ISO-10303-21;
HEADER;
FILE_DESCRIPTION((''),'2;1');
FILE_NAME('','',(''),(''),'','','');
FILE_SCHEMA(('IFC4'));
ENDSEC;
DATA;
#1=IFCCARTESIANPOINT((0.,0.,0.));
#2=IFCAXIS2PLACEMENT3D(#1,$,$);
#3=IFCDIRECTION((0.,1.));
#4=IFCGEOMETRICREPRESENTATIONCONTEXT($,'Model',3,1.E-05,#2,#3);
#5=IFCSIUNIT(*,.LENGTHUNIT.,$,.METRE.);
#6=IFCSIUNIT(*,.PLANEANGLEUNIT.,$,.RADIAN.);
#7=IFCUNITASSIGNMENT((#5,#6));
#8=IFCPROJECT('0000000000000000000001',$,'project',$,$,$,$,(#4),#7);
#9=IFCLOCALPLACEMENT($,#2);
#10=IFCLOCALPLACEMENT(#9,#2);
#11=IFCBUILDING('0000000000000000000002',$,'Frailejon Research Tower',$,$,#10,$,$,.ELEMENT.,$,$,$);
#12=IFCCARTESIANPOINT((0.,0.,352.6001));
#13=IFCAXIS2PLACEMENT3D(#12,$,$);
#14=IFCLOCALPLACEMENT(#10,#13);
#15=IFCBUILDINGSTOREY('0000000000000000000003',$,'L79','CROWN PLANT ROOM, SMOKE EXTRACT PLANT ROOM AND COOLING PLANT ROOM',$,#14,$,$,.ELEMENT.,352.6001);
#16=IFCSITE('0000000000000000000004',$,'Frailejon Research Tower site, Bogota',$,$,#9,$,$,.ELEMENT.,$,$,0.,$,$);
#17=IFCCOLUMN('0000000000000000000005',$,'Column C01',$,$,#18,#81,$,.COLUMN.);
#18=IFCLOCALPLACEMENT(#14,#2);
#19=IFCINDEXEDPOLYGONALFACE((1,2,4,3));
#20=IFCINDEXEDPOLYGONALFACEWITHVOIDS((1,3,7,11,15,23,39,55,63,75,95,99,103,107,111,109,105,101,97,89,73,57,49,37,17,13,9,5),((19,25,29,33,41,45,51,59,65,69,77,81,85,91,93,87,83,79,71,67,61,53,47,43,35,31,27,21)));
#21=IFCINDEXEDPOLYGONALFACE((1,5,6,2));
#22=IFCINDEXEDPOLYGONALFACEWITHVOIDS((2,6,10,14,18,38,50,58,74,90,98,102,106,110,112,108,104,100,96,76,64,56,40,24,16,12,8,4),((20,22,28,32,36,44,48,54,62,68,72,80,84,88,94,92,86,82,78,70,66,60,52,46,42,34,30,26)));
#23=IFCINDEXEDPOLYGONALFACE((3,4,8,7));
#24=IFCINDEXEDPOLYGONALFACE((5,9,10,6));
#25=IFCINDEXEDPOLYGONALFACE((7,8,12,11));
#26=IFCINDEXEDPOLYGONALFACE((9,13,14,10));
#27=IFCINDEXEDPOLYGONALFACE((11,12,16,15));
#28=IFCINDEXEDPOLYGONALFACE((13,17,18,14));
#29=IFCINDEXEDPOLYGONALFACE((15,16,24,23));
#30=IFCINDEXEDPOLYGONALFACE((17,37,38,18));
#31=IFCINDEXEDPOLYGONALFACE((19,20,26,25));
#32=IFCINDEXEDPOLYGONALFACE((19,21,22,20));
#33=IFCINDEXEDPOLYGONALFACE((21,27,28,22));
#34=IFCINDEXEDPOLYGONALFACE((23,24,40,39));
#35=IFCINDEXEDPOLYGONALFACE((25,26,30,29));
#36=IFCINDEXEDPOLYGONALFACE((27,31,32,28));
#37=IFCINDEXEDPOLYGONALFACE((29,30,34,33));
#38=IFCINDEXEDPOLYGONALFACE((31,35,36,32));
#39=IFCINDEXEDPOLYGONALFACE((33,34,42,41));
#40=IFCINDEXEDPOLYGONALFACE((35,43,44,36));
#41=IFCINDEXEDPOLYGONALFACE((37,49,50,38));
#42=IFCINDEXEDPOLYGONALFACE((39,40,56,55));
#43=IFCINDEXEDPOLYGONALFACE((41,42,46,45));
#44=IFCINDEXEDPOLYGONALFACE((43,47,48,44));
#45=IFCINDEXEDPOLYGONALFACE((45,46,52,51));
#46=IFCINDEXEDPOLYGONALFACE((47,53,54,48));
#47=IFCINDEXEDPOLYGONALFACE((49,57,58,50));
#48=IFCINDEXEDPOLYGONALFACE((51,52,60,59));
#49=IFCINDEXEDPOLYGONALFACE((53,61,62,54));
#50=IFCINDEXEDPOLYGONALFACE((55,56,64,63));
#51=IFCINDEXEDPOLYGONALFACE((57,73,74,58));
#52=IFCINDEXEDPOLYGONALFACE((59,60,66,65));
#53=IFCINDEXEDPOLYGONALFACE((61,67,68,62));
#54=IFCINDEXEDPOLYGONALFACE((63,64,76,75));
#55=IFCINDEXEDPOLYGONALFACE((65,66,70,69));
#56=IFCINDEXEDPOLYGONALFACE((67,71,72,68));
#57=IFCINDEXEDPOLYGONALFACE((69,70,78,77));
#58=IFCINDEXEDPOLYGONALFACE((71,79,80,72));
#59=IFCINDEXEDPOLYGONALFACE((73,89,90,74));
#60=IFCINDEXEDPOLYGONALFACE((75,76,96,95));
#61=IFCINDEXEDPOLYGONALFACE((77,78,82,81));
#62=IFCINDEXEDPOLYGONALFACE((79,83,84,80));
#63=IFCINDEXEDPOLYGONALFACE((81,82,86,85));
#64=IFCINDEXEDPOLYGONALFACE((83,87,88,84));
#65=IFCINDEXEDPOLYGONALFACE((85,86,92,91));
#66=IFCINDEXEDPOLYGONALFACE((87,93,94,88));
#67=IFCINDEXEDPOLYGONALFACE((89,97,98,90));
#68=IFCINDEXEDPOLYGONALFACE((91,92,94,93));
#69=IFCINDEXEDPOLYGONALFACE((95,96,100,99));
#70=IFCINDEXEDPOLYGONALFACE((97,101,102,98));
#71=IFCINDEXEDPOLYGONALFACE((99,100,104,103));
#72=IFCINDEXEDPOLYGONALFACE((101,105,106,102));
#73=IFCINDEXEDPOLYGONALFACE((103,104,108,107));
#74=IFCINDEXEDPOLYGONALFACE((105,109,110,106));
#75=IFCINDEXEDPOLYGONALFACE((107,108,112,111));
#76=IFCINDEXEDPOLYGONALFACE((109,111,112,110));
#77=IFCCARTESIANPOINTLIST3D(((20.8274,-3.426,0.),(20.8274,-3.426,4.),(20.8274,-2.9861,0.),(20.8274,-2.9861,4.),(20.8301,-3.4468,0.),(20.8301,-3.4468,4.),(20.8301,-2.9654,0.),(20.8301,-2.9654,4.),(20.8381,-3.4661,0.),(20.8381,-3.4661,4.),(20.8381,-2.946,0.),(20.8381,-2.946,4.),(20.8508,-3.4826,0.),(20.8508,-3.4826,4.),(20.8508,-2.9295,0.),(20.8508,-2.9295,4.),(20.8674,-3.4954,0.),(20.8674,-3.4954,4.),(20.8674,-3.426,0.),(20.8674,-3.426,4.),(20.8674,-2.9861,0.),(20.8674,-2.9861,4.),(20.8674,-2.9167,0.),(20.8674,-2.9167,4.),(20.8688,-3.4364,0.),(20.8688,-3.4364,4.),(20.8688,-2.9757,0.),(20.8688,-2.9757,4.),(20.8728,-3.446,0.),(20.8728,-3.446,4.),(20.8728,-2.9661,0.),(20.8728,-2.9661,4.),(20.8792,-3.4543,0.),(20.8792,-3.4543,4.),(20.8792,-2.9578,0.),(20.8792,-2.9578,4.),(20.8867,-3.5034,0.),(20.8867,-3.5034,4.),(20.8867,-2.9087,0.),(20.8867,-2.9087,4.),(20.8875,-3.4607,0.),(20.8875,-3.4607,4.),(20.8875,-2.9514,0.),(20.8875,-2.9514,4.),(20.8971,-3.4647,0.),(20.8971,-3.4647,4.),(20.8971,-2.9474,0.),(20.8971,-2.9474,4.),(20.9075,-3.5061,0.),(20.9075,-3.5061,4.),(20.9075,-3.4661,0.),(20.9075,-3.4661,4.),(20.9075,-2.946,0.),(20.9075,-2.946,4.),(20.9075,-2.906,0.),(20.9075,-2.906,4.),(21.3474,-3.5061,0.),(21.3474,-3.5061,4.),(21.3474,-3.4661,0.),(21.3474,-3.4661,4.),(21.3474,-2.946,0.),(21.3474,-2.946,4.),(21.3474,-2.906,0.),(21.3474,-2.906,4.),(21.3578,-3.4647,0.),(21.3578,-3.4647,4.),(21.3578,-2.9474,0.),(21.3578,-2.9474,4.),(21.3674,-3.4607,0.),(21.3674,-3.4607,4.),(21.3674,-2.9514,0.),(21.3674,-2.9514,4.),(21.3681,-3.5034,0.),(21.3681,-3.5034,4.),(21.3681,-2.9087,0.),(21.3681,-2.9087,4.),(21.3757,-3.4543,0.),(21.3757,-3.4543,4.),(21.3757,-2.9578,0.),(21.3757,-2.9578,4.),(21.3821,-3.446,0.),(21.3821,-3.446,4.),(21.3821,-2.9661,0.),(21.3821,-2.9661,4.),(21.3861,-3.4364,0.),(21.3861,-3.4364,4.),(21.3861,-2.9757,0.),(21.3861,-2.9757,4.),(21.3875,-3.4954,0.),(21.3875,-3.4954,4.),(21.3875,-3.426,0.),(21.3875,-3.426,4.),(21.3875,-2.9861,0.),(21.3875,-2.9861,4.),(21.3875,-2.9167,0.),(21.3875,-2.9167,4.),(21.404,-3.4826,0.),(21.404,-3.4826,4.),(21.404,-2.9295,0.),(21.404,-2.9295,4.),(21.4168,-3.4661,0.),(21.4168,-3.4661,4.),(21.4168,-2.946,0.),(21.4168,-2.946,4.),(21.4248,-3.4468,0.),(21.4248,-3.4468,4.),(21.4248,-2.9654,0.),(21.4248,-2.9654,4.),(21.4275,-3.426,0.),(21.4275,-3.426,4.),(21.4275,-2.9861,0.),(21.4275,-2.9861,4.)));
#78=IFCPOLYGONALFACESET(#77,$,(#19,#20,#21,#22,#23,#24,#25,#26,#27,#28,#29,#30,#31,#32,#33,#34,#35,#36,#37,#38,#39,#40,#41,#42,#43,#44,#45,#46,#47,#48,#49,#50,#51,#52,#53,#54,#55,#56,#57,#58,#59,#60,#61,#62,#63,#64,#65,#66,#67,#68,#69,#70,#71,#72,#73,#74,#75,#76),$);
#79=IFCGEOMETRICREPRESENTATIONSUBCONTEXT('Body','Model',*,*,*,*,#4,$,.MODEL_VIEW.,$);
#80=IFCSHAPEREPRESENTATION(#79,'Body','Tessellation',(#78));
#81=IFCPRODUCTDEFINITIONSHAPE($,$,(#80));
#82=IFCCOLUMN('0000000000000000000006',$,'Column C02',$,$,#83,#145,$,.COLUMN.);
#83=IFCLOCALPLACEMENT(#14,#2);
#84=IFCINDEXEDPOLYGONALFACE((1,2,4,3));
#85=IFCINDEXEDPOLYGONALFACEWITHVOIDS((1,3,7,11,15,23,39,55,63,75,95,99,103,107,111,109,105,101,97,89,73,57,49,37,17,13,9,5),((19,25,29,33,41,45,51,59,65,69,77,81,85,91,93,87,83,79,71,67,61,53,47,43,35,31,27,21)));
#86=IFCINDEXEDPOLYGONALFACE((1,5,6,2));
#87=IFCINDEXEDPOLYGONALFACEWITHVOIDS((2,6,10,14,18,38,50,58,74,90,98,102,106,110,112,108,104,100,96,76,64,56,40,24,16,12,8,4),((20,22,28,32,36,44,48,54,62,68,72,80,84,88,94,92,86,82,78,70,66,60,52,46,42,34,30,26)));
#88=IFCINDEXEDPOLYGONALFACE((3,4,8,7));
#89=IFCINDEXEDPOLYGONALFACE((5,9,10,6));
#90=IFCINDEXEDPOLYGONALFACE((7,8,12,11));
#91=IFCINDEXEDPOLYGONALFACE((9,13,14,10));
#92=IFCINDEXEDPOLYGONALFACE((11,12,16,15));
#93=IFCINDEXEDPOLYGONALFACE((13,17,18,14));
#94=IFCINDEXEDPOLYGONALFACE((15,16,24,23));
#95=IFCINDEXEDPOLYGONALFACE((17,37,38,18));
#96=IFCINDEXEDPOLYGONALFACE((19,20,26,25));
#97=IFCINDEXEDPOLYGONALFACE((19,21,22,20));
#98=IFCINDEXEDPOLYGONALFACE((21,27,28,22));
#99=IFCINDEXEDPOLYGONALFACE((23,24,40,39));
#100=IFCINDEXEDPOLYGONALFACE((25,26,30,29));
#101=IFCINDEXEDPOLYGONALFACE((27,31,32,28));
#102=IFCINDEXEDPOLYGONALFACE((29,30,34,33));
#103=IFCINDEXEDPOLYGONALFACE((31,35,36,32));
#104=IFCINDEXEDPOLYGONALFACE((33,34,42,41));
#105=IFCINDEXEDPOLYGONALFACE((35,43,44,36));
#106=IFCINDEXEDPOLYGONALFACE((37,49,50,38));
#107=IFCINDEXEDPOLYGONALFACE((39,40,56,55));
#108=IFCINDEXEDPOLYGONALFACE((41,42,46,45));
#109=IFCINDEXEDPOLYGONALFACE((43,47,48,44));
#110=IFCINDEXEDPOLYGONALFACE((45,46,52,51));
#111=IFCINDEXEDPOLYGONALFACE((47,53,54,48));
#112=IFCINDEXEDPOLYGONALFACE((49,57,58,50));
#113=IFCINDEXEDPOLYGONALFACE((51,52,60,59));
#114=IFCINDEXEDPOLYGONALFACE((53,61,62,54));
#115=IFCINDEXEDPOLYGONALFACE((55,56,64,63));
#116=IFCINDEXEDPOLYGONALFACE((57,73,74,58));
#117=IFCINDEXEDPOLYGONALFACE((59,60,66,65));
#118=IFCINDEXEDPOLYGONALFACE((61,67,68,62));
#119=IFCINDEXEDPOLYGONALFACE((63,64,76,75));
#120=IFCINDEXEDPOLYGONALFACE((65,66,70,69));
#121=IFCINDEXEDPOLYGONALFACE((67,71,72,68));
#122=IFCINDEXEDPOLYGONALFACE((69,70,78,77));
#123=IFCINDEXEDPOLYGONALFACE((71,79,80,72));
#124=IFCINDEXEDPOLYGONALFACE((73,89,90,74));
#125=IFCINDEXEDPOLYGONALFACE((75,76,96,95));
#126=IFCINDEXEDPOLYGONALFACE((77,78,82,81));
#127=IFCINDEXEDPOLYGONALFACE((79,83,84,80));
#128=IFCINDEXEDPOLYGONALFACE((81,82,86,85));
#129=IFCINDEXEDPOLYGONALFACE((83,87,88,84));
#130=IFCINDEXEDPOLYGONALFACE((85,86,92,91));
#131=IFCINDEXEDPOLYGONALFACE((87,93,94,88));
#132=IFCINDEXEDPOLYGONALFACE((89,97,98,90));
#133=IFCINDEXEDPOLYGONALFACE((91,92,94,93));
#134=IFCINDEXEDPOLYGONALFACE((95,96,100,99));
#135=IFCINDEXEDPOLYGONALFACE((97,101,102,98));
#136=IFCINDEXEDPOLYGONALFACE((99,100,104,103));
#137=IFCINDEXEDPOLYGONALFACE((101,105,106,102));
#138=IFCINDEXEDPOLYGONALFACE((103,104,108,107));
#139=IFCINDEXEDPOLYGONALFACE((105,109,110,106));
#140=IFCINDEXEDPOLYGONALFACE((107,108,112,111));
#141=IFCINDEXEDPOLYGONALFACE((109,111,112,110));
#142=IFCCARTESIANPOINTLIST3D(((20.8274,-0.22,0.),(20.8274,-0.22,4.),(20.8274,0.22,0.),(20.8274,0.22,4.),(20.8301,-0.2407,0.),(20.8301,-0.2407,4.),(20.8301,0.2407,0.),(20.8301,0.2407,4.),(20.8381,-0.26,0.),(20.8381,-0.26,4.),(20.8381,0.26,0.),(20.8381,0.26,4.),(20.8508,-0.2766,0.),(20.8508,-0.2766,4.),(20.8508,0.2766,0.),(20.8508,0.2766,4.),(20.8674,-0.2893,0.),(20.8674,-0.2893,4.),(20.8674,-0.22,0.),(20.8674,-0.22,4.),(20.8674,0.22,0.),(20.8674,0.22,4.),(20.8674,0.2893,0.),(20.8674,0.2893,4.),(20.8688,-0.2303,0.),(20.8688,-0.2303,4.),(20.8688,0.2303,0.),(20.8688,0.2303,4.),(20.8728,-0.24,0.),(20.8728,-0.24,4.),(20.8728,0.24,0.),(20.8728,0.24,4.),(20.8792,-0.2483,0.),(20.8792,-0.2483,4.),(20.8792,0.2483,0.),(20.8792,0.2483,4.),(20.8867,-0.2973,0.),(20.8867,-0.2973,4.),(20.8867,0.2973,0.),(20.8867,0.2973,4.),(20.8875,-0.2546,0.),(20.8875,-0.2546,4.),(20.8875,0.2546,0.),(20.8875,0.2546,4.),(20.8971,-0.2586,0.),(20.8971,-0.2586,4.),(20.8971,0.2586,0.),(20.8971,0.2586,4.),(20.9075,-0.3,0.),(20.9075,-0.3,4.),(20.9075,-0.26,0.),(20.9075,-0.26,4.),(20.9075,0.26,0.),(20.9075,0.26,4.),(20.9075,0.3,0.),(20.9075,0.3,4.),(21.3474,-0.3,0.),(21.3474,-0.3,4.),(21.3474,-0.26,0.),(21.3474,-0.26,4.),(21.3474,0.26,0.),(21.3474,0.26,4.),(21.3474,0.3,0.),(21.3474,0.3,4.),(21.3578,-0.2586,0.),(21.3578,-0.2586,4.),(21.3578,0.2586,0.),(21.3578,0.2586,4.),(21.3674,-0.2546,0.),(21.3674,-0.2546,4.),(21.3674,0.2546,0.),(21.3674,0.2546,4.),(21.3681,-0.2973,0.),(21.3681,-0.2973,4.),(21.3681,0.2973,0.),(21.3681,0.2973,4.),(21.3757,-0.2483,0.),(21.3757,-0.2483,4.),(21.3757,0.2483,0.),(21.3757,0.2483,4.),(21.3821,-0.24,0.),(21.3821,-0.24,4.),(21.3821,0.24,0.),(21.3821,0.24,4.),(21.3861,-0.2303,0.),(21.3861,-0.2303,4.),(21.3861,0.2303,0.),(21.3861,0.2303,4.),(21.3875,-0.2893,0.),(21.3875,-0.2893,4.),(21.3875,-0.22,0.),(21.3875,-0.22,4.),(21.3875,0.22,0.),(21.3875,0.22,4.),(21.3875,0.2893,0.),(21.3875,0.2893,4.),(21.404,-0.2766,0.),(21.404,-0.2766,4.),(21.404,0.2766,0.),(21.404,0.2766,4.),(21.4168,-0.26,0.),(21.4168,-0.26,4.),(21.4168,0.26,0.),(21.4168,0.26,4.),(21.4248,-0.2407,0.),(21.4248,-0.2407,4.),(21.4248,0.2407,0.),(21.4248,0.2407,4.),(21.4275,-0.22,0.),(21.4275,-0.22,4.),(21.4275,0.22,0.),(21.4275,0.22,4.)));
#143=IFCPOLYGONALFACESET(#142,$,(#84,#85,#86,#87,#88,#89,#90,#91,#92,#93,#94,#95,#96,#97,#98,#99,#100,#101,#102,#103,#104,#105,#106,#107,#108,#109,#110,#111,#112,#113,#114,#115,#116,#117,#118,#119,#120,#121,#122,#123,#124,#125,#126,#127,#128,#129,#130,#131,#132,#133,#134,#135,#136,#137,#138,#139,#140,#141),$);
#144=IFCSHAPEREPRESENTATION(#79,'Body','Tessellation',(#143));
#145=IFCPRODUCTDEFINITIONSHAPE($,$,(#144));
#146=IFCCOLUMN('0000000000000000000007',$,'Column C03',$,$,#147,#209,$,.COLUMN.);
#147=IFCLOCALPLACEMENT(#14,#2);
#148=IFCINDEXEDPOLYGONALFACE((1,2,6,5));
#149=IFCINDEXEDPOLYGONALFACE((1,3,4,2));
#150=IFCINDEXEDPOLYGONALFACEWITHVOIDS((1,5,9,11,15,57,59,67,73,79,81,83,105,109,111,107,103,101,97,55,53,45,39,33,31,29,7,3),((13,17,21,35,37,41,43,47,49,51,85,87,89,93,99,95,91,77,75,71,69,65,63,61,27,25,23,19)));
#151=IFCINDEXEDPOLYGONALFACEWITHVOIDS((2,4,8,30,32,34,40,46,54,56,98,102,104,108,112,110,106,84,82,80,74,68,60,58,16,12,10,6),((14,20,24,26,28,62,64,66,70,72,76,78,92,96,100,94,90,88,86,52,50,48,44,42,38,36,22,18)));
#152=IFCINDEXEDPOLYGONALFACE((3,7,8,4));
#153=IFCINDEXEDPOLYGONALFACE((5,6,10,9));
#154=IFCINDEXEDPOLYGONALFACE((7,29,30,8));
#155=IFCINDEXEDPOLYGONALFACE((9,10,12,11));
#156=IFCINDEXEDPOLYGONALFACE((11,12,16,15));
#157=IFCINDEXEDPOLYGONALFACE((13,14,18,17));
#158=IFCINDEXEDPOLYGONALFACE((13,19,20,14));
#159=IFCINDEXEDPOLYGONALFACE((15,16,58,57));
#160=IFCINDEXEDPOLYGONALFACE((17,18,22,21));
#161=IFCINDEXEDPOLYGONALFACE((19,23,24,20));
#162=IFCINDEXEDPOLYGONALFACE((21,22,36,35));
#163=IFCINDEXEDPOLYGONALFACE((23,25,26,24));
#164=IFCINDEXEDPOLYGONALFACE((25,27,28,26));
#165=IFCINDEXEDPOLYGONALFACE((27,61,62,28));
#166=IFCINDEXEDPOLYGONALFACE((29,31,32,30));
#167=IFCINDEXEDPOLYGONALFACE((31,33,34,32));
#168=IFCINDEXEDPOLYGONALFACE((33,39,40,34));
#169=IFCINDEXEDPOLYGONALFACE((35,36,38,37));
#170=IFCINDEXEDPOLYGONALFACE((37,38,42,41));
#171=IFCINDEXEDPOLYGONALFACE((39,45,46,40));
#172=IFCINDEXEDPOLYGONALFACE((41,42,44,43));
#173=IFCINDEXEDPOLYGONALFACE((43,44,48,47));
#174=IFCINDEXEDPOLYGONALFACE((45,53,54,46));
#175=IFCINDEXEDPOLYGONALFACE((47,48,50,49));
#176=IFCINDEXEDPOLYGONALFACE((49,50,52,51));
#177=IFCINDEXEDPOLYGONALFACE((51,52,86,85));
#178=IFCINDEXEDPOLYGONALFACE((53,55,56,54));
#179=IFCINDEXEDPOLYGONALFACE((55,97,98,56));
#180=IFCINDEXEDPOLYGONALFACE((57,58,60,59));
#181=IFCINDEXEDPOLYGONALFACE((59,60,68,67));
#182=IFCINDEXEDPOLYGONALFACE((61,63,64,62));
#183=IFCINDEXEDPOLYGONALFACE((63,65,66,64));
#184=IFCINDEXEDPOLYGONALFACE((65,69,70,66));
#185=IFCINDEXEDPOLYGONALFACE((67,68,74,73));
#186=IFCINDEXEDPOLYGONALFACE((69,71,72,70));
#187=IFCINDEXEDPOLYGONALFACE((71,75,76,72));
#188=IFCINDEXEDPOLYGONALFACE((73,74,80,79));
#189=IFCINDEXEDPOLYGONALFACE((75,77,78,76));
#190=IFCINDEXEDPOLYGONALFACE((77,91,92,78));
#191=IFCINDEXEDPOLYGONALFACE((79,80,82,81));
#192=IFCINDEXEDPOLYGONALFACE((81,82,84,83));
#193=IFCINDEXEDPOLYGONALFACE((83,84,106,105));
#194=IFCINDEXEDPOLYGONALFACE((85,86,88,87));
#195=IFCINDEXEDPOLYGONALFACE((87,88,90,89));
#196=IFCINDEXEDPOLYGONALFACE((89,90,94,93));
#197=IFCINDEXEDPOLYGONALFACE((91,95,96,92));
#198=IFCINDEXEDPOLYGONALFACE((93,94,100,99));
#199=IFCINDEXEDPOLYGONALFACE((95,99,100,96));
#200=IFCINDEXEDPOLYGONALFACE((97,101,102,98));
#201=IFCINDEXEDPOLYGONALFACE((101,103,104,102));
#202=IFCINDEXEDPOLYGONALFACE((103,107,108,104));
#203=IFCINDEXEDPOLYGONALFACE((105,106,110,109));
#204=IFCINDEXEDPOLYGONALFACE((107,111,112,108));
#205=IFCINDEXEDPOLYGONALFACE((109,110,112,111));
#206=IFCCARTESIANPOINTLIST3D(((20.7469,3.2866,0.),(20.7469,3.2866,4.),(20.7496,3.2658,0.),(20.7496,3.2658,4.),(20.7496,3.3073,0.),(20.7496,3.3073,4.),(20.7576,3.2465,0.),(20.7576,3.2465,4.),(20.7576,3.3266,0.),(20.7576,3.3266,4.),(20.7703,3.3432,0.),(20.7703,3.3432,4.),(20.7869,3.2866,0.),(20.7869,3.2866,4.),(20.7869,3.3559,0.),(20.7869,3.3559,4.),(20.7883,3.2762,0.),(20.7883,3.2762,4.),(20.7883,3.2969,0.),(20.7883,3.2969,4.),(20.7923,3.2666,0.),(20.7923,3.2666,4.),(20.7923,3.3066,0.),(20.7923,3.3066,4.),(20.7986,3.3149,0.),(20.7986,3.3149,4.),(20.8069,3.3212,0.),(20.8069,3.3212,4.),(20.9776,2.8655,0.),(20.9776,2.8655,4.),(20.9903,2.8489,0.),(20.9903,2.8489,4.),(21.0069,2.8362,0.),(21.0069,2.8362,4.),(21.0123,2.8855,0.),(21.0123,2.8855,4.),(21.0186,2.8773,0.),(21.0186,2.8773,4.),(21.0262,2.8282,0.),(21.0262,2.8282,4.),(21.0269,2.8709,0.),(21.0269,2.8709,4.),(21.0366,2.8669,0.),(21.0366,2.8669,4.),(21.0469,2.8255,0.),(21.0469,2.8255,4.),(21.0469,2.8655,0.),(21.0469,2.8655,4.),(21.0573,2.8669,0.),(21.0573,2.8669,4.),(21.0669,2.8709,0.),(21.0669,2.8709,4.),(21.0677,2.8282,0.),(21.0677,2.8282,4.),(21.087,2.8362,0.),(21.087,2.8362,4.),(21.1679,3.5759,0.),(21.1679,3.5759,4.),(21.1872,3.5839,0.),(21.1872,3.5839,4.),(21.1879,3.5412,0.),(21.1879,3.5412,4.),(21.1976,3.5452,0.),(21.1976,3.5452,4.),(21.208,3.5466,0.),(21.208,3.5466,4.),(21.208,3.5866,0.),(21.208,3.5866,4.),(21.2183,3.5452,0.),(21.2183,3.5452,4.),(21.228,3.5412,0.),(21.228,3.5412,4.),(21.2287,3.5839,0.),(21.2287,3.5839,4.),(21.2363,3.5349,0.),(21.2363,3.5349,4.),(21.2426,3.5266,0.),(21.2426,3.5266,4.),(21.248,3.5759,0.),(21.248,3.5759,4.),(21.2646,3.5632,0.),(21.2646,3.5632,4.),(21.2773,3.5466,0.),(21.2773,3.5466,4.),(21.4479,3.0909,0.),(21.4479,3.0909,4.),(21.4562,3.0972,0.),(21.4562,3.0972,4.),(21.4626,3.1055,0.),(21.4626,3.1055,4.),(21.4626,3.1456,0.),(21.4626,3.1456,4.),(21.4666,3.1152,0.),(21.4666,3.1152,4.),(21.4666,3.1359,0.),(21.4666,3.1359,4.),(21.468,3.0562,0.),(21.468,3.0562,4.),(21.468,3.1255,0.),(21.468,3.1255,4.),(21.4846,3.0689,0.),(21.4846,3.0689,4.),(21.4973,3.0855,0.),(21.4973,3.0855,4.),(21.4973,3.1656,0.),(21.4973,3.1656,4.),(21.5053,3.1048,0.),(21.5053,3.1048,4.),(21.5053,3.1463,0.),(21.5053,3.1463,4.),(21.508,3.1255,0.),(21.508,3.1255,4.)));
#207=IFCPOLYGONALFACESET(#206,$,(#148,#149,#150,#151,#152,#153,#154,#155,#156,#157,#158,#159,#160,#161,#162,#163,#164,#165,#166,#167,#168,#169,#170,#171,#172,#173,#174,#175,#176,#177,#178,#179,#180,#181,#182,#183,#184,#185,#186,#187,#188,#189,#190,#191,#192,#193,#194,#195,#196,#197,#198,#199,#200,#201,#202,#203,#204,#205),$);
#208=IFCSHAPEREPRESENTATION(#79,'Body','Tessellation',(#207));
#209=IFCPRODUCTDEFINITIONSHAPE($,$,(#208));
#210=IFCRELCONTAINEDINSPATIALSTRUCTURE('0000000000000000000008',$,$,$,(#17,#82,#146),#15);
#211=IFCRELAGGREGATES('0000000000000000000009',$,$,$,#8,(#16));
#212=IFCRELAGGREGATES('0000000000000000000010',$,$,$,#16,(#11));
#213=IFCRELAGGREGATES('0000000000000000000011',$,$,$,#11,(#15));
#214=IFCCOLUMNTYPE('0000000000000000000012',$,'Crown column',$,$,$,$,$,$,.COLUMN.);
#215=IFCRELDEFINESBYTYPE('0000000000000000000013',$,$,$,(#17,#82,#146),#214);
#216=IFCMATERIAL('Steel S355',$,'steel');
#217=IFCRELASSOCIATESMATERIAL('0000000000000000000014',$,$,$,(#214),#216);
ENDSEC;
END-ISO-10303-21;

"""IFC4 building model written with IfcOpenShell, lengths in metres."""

from ifc_helpers import new_model, si_unit, direction, frame, origin, origin_2d, place, context, subcontext, project, spatial, hollow_rectangle, extrude, material, material_profile, profile_set, type_object, element, save


model = new_model("IFC4")

# Units and contexts
model_context = context("Model", 3, precision=1e-05, world=origin(), true_north=direction((0.0, 1.0)))
body_context = subcontext(model_context, "Body", "Model", "MODEL_VIEW")
ifc_project = project(units=[si_unit("LENGTHUNIT", "METRE"), si_unit("PLANEANGLEUNIT", "RADIAN")], contexts=[model_context])

# Site, building, storey
site_placement = place(None, origin())
site = spatial("IfcSite", under=ifc_project, at=site_placement, Name="Frailejon Research Tower site, Bogota", CompositionType="ELEMENT", RefElevation=0.0)
building_placement = place(site_placement, origin())
building = spatial("IfcBuilding", under=site, at=building_placement, Name="Frailejon Research Tower", CompositionType="ELEMENT")
storey_placement = place(building_placement, frame((0.0, 0.0, 352.6001)))
storey = spatial("IfcBuildingStorey", under=building, at=storey_placement, Name="L79", Description="CROWN PLANT ROOM, SMOKE EXTRACT PLANT ROOM AND COOLING PLANT ROOM", CompositionType="ELEMENT", Elevation=352.6001)

# Columns
ifc_material_1 = material(Name="Steel S355", Category="steel")
ifc_material_profile_1 = material_profile(ifc_material_1, hollow_rectangle(XDim=0.6001, YDim=0.6001, WallThickness=0.04, InnerFilletRadius=0.04, OuterFilletRadius=0.0801, at=origin_2d()), Name="Crown column")
ifc_profile_set_1 = profile_set([ifc_material_profile_1], Name="Steel S355")
column_type = type_object("IfcColumnType", Name="Crown column", PredefinedType="COLUMN", material=ifc_profile_set_1)
for number, where, z_axis, x_axis, name in (
    (1, (21.1274, -3.2061, 0.0), (0.0, 0.0, 1.0), (0.0, 1.0, 0.0), "Column C01"),
    (2, (21.1274, 0.0, 0.0), (0.0, 0.0, 1.0), (0.0, 1.0, 0.0), "Column C02"),
    (3, (21.1274, 3.2061, 0.0), (0.0, 0.0, 1.0), (-0.5, 0.866025, 0.0), "Column C03"),
):
    element("IfcColumn", number, at=place(storey_placement, frame(where, z_axis=z_axis, x_axis=x_axis)), inside=storey, type_object=column_type, Name=name, PredefinedType="COLUMN", context=body_context, shape_type="SweptSolid", body=[
        extrude(hollow_rectangle(XDim=0.6001, YDim=0.6001, WallThickness=0.04, InnerFilletRadius=0.04, OuterFilletRadius=0.0801, at=origin_2d()), origin(), (0.0, 0.0, 1.0), 4.0),
    ])

save(model, "model.ifc")
